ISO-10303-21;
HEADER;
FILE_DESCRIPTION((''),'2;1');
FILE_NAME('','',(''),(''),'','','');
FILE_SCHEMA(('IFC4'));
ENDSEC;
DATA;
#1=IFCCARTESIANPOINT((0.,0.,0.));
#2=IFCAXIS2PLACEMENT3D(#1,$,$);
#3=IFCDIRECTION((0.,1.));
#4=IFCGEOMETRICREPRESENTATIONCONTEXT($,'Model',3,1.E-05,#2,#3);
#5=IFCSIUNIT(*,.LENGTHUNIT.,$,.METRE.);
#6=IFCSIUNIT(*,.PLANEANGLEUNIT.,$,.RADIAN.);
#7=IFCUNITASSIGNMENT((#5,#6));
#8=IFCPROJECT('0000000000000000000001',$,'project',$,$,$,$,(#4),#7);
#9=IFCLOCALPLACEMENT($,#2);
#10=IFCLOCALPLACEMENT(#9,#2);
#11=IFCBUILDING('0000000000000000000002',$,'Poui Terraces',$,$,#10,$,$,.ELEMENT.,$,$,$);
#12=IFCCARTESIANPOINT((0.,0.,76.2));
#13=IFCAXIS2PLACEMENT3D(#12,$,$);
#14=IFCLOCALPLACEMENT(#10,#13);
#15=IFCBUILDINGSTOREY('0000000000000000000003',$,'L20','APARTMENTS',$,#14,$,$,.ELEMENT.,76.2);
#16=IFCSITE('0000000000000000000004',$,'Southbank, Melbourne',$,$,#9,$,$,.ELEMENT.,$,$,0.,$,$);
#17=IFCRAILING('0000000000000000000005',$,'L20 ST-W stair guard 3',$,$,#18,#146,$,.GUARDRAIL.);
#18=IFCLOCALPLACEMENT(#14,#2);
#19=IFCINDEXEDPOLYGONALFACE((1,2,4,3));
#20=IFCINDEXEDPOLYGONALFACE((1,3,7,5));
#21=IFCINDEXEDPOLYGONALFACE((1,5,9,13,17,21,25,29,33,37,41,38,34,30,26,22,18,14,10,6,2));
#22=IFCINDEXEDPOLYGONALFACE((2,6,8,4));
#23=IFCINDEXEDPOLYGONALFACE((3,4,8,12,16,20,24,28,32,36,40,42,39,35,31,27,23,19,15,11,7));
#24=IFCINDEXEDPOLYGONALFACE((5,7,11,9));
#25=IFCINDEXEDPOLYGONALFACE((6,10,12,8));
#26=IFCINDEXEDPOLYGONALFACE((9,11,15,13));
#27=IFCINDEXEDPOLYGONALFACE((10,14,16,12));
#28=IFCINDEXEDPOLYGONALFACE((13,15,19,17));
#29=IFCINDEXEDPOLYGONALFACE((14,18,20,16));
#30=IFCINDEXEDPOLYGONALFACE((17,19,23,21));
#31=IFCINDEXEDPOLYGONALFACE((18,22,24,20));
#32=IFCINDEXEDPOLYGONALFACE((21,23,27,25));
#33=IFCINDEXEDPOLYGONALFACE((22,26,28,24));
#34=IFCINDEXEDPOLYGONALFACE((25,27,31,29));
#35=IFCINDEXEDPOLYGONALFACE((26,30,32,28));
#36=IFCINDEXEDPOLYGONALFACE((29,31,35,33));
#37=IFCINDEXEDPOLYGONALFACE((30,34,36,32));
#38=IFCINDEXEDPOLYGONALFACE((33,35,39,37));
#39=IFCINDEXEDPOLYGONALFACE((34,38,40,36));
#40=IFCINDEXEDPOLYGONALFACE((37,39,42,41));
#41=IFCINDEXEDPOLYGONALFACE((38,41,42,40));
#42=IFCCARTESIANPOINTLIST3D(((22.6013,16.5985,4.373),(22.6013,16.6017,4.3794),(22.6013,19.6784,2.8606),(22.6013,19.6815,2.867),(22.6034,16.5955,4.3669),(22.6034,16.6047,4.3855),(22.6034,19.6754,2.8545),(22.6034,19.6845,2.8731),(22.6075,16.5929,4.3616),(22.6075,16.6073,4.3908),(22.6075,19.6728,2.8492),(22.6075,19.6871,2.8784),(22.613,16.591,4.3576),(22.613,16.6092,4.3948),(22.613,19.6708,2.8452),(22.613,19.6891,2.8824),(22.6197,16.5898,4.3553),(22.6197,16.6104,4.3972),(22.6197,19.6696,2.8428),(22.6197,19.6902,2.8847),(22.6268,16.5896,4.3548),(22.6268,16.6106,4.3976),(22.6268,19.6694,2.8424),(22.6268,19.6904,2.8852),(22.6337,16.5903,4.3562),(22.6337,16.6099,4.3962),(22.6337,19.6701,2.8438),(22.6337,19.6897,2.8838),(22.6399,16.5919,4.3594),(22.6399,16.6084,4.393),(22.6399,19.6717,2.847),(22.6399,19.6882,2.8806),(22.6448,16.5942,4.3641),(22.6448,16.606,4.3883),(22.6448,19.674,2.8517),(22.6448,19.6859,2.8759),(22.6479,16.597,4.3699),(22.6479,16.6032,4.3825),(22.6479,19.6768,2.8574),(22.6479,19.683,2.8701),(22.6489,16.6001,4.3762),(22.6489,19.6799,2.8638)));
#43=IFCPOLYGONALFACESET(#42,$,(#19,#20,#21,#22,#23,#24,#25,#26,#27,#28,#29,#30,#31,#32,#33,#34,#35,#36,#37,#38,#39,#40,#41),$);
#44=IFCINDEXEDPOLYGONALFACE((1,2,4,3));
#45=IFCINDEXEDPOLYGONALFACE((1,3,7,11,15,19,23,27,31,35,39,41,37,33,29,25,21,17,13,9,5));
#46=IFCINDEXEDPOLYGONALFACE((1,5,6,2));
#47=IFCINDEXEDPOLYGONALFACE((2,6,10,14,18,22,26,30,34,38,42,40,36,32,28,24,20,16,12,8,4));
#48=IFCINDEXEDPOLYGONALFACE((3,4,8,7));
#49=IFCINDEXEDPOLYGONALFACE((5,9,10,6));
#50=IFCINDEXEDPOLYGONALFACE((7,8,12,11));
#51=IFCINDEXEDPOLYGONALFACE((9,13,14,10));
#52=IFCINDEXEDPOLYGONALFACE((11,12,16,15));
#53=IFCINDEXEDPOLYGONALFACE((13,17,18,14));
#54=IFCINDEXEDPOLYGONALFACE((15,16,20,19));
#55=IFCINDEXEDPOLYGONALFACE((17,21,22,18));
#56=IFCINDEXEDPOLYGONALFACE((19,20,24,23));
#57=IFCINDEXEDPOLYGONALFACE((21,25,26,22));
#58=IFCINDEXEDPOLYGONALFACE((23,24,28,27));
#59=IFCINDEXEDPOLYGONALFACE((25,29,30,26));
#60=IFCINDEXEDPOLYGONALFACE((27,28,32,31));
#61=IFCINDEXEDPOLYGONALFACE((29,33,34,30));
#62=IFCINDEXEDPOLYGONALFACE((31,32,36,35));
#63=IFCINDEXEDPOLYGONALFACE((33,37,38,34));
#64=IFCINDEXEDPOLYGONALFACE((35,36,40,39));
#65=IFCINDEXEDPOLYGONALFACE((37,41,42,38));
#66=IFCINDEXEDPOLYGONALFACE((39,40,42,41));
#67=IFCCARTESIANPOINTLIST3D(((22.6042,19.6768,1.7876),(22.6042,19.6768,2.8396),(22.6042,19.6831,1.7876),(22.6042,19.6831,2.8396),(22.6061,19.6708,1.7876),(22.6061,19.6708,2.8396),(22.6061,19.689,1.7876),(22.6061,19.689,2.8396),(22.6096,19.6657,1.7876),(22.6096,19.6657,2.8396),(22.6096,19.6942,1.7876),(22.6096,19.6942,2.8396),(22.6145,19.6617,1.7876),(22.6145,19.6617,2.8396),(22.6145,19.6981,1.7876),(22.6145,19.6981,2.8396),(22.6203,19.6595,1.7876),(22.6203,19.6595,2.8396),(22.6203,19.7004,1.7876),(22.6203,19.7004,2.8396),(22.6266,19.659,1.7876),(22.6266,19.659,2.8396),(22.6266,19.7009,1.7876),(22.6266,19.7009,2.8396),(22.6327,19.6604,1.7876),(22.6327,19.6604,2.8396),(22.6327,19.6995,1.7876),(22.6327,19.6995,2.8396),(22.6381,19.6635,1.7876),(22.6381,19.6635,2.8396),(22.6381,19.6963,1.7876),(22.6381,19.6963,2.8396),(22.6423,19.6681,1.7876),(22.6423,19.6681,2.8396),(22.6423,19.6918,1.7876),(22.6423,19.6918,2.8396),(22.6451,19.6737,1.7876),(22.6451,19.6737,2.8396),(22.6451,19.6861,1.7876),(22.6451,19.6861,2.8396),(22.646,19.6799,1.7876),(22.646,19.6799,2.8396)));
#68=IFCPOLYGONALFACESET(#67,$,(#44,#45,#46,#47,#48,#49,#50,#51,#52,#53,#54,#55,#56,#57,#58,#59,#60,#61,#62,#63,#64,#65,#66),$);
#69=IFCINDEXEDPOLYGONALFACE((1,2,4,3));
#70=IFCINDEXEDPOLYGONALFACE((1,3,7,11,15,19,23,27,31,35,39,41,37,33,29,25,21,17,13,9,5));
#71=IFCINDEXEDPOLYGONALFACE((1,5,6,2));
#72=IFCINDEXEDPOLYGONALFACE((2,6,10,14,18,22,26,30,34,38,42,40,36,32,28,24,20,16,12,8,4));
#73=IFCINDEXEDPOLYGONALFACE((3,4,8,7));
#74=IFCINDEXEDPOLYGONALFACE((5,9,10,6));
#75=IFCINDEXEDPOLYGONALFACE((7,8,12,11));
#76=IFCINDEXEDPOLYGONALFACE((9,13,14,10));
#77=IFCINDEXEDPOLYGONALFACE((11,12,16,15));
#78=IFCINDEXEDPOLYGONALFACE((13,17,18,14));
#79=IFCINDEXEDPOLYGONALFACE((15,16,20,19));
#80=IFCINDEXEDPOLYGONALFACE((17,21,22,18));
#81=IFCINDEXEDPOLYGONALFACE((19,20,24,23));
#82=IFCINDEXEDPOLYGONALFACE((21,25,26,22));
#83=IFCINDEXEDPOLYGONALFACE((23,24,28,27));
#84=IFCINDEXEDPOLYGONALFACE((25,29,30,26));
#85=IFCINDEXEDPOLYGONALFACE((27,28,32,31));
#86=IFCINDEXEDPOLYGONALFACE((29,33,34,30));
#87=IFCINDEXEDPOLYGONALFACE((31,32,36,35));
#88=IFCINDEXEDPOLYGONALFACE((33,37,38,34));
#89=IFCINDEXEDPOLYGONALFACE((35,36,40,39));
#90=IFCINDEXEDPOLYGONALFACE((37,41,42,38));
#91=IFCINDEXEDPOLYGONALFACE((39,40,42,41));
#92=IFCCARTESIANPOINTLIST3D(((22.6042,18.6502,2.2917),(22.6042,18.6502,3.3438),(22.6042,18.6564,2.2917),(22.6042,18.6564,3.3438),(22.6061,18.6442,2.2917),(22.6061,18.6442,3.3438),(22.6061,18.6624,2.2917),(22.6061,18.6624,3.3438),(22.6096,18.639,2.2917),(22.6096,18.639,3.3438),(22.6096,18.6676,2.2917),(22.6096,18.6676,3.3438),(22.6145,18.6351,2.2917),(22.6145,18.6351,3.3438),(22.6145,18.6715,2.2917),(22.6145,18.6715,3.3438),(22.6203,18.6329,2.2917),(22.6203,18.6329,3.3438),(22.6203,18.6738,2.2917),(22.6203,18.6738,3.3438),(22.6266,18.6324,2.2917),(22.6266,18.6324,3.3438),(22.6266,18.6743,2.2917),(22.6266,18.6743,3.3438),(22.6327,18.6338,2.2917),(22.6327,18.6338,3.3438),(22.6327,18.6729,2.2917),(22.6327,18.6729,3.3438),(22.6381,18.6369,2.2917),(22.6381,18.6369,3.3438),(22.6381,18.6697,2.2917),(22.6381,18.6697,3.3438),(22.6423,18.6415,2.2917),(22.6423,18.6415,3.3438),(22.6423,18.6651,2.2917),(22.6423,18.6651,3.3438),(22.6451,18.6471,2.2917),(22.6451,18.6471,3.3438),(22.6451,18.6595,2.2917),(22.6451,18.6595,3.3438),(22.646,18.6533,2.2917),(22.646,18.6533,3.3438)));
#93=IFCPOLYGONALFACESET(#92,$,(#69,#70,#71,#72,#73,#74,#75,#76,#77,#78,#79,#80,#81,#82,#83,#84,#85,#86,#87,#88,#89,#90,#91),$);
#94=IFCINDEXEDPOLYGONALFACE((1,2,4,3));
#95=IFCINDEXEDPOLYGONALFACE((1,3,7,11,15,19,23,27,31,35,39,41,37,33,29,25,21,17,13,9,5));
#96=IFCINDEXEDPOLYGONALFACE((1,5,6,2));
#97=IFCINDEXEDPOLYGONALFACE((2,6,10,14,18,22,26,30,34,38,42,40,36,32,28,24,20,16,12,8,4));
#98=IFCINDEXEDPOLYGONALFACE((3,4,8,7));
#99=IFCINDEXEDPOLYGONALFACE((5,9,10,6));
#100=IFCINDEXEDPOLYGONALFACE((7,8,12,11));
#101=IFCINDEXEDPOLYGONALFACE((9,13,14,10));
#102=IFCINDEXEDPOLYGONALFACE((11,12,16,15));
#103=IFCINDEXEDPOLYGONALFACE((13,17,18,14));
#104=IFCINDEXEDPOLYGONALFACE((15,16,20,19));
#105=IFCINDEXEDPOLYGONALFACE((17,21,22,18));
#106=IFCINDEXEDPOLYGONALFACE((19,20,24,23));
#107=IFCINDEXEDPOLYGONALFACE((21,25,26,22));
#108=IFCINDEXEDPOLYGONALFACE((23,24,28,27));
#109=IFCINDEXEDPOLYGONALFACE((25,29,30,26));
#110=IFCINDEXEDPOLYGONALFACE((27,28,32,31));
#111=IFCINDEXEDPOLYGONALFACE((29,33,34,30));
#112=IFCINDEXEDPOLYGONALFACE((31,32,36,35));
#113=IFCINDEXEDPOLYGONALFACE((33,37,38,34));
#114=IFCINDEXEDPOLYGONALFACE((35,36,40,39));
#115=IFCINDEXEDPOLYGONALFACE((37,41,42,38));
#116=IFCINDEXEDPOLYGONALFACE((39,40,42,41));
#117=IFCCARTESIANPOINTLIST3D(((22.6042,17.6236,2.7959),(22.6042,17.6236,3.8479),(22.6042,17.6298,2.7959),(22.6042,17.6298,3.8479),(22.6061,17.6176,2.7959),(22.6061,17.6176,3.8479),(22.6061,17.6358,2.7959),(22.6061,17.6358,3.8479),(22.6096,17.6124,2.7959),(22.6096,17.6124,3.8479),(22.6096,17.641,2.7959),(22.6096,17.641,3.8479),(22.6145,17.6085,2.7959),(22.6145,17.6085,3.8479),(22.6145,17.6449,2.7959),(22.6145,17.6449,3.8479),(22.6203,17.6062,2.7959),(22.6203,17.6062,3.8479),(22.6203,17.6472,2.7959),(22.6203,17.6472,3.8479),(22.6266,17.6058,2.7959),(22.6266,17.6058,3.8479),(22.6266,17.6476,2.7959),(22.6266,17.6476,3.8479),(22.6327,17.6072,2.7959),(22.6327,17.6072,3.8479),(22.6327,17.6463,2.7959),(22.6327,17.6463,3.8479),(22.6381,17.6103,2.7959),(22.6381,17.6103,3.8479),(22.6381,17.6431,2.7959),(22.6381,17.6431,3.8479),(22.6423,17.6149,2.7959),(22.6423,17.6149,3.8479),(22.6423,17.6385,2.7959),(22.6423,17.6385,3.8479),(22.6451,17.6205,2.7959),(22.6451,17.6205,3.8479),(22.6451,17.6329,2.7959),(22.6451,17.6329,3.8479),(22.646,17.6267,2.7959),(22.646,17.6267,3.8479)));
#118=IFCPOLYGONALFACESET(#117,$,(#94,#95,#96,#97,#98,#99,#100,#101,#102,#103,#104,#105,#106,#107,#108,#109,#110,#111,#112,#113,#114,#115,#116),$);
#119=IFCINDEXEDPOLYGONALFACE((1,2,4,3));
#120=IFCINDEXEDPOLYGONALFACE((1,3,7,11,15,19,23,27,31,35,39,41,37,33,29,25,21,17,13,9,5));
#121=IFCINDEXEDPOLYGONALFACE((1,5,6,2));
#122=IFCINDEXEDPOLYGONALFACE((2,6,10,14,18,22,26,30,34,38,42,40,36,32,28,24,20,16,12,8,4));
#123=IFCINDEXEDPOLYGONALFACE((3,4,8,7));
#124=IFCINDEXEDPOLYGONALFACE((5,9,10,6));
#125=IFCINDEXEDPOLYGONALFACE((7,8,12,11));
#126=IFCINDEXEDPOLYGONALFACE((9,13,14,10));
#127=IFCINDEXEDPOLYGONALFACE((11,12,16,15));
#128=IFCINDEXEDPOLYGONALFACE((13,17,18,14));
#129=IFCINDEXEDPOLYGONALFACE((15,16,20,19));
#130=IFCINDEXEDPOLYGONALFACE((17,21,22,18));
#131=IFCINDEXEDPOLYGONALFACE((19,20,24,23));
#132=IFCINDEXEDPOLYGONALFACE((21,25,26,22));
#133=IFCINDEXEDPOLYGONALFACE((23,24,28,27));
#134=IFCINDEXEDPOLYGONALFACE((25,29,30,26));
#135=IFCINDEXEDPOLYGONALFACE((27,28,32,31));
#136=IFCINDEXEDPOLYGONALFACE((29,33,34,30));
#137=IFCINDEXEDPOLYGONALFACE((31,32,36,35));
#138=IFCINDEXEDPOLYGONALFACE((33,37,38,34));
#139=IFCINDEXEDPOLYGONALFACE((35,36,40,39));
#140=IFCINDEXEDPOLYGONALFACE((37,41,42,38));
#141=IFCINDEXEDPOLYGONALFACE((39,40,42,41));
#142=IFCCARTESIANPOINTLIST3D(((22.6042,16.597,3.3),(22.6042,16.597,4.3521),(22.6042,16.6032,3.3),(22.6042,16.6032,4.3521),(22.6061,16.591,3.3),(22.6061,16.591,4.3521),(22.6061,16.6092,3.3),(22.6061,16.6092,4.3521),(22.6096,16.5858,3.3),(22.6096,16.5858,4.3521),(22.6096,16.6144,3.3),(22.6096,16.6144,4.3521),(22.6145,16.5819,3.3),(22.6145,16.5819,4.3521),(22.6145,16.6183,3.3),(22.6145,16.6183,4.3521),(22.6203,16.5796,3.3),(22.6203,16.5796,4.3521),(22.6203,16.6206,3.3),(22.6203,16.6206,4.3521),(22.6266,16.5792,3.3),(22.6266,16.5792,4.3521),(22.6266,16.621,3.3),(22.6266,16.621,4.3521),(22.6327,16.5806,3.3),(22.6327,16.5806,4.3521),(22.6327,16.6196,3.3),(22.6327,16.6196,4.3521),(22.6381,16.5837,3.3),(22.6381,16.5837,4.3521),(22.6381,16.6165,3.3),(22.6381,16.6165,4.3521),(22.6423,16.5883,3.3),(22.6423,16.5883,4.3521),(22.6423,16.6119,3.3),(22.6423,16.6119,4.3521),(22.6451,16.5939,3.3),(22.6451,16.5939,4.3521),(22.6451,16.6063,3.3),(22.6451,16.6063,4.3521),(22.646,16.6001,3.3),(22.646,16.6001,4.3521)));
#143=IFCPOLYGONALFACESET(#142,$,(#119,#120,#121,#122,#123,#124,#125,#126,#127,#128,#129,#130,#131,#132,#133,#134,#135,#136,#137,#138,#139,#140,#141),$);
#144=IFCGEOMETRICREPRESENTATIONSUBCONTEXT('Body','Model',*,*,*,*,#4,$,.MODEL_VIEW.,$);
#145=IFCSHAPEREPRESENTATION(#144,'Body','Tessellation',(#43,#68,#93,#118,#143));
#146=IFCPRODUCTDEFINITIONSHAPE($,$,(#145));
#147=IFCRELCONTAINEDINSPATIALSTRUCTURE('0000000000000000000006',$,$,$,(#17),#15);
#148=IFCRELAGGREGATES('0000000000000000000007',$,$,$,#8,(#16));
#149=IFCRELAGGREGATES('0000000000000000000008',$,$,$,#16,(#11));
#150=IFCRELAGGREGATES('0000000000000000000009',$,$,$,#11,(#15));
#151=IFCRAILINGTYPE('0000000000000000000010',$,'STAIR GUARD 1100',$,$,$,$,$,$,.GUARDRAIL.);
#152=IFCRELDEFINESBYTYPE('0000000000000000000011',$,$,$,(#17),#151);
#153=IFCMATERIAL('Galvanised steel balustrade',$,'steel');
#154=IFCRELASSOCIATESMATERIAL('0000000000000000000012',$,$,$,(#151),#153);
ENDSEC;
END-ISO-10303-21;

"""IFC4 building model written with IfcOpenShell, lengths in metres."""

from ifc_helpers import new_model, si_unit, direction, frame, origin, origin_2d, place, context, subcontext, project, spatial, circle, extrude, material, type_object, element, save


model = new_model("IFC4")

# Units and contexts
model_context = context("Model", 3, precision=1e-05, world=origin(), true_north=direction((0.0, 1.0)))
body_context = subcontext(model_context, "Body", "Model", "MODEL_VIEW")
ifc_project = project(units=[si_unit("LENGTHUNIT", "METRE"), si_unit("PLANEANGLEUNIT", "RADIAN")], contexts=[model_context])

# Site, building, storey
site_placement = place(None, origin())
site = spatial("IfcSite", under=ifc_project, at=site_placement, Name="Southbank, Melbourne", CompositionType="ELEMENT", RefElevation=0.0)
building_placement = place(site_placement, origin())
building = spatial("IfcBuilding", under=site, at=building_placement, Name="Poui Terraces", CompositionType="ELEMENT")
storey_placement = place(building_placement, frame((0.0, 0.0, 76.2)))
storey = spatial("IfcBuildingStorey", under=building, at=storey_placement, Name="L20", Description="APARTMENTS", CompositionType="ELEMENT", Elevation=76.2)

# Railing
ifc_material_1 = material(Name="Galvanised steel balustrade", Category="steel")
railing_type_1 = type_object("IfcRailingType", Name="STAIR GUARD 1100", PredefinedType="GUARDRAIL", material=ifc_material_1)
railing_1_placement = place(storey_placement, frame((22.625, 19.6799, 1.7876)))
element("IfcRailing", 1, at=railing_1_placement, inside=storey, type_object=railing_type_1, Name="L20 ST-W stair guard 3", PredefinedType="GUARDRAIL", context=body_context, shape_type="SweptSolid", body=[
    extrude(circle(Radius=0.0239, at=origin_2d()), frame((0.0, 0.0, 1.0762), z_axis=(0.0, -0.897606, 0.440798), x_axis=(1.0, 0.0, 0.0)), (0.0, 0.0, 1.0), 3.4312),
    extrude(circle(Radius=0.021, at=origin_2d()), origin(), (0.0, 0.0, 1.0), 1.052),
    extrude(circle(Radius=0.021, at=origin_2d()), frame((0.0, -1.0266, 0.5042)), (0.0, 0.0, 1.0), 1.052),
    extrude(circle(Radius=0.021, at=origin_2d()), frame((0.0, -2.0532, 1.0083)), (0.0, 0.0, 1.0), 1.052),
    extrude(circle(Radius=0.021, at=origin_2d()), frame((0.0, -3.0798, 1.5125)), (0.0, 0.0, 1.0), 1.052),
])

save(model, "model.ifc")
